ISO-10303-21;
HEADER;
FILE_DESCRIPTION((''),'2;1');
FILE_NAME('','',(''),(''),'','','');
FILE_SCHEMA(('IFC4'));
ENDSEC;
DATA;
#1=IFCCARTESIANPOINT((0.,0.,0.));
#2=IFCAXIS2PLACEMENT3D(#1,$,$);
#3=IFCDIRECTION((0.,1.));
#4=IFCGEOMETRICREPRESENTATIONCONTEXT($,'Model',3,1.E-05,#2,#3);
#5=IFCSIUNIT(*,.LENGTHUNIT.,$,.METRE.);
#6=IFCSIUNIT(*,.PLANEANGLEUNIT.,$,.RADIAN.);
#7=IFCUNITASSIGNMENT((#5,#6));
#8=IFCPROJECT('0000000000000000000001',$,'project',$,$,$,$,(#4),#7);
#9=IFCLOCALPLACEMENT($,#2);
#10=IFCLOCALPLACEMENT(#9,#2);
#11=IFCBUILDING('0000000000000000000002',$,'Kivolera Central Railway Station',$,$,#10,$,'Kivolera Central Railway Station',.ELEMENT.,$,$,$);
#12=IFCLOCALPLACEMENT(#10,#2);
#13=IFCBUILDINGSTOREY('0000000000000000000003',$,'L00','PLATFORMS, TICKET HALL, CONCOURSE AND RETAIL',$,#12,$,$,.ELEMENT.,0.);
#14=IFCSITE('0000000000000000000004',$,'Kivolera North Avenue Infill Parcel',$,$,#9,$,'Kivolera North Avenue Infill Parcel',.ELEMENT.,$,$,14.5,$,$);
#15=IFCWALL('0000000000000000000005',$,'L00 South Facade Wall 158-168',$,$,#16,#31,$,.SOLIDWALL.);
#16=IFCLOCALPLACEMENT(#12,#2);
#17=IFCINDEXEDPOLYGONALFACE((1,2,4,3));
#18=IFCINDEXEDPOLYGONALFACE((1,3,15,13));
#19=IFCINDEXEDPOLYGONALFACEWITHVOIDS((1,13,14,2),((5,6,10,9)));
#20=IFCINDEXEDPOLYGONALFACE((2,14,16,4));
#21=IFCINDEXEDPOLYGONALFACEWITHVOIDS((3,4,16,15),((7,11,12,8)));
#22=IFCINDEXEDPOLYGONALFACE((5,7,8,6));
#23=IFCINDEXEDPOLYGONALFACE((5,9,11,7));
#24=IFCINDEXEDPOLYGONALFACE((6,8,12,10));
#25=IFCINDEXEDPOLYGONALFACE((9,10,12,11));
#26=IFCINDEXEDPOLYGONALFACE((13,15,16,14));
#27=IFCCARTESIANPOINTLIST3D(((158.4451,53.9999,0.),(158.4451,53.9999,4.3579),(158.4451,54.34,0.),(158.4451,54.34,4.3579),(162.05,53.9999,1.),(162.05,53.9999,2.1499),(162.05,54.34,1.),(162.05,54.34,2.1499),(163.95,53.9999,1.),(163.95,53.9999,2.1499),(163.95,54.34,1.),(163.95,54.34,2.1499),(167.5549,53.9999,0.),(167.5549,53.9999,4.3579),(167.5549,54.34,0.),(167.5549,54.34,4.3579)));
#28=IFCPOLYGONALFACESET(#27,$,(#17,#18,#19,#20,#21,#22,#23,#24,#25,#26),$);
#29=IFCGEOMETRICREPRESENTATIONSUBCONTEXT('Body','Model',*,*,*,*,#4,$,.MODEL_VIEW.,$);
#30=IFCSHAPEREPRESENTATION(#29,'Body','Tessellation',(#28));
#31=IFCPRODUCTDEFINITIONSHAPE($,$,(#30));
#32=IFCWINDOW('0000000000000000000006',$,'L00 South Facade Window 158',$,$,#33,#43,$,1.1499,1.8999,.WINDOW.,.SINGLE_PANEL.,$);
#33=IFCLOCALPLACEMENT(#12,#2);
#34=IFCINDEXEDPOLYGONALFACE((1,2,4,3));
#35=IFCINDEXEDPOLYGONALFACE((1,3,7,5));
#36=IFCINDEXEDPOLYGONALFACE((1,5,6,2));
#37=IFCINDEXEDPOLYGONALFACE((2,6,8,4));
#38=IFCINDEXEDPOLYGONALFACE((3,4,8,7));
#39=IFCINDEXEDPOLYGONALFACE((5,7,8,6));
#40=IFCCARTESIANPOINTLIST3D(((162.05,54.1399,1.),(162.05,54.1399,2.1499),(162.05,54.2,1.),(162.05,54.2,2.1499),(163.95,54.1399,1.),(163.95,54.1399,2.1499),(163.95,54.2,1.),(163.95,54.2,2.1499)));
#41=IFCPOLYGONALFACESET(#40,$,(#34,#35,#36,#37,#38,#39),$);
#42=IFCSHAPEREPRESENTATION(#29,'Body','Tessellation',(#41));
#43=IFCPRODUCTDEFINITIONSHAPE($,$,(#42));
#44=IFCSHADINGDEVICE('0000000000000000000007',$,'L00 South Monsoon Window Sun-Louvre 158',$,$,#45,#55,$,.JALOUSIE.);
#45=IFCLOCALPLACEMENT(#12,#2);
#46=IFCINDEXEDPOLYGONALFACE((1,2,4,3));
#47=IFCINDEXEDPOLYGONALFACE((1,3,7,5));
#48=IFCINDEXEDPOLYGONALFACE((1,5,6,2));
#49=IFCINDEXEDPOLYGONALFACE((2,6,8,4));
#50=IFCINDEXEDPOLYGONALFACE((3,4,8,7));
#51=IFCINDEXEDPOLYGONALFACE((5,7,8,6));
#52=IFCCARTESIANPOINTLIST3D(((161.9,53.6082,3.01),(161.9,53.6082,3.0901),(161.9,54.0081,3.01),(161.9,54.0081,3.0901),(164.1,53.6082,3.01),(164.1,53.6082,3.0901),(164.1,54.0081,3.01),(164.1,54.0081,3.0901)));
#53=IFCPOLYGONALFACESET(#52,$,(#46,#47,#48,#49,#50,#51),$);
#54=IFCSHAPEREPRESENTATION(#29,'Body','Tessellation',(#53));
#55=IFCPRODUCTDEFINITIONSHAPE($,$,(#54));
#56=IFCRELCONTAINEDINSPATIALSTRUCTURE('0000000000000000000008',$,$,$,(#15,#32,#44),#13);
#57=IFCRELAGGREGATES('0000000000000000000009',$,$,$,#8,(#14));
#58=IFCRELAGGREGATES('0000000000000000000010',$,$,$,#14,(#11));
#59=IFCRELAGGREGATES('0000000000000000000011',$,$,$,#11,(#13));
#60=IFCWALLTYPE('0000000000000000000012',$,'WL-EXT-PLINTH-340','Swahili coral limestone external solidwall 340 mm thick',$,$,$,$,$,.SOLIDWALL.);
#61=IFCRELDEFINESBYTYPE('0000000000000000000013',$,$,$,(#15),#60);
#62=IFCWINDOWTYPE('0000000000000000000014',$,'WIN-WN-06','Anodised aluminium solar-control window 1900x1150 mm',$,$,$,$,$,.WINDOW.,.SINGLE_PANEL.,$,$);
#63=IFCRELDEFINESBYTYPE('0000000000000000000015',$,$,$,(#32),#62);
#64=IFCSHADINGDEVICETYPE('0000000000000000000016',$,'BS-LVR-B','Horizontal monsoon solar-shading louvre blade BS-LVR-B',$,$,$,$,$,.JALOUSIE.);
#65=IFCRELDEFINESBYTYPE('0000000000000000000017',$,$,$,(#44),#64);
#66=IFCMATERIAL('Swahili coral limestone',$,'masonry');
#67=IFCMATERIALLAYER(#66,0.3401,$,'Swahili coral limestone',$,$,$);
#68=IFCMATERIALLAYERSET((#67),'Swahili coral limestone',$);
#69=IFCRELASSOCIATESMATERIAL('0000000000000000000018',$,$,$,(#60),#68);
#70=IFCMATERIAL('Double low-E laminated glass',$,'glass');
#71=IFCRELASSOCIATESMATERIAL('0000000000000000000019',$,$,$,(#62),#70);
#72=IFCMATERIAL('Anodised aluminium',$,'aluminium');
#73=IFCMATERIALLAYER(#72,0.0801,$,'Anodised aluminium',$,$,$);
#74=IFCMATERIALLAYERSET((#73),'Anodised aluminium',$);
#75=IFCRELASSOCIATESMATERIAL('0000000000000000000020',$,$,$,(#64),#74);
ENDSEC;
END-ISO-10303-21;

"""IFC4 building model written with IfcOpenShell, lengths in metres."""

from ifc_helpers import new_model, si_unit, direction, frame, frame_2d, origin, origin_2d, place, context, subcontext, project, spatial, rectangle, extrude, material, layer, layer_set, type_object, element, fill, save


model = new_model("IFC4")

# Units and contexts
model_context = context("Model", 3, precision=1e-05, world=origin(), true_north=direction((0.0, 1.0)))
body_context = subcontext(model_context, "Body", "Model", "MODEL_VIEW")
ifc_project = project(units=[si_unit("LENGTHUNIT", "METRE"), si_unit("PLANEANGLEUNIT", "RADIAN")], contexts=[model_context])

# Site, building, storey
site_placement = place(None, origin())
site = spatial("IfcSite", under=ifc_project, at=site_placement, Name="Kivolera North Avenue Infill Parcel", LongName="Kivolera North Avenue Infill Parcel", CompositionType="ELEMENT", RefElevation=14.5)
building_placement = place(site_placement, origin())
building = spatial("IfcBuilding", under=site, at=building_placement, Name="Kivolera Central Railway Station", LongName="Kivolera Central Railway Station", CompositionType="ELEMENT")
storey_placement = place(building_placement, origin())
storey = spatial("IfcBuildingStorey", under=building, at=storey_placement, Name="L00", Description="PLATFORMS, TICKET HALL, CONCOURSE AND RETAIL", CompositionType="ELEMENT", Elevation=0.0)

# Shared definitions
ifc_material_1 = material(Name="Anodised aluminium", Category="aluminium")

# Wall, opening, window
ifc_material_2 = material(Name="Swahili coral limestone", Category="masonry")
ifc_layer_1 = layer(ifc_material_2, 0.3401, Name="Swahili coral limestone")
ifc_layer_set_1 = layer_set([ifc_layer_1], Name="Swahili coral limestone")
wall_type_1 = type_object("IfcWallType", Name="WL-EXT-PLINTH-340", Description="Swahili coral limestone external solidwall 340 mm thick", PredefinedType="SOLIDWALL", material=ifc_layer_set_1)
wall_1_placement = place(storey_placement, frame((167.5549, 54.1699, 0.0), z_axis=(0.0, 0.0, 1.0), x_axis=(-1.0, 0.0, 0.0)))
wall_1 = element("IfcWall", 1, at=wall_1_placement, inside=storey, type_object=wall_type_1, Name="L00 South Facade Wall 158-168", PredefinedType="SOLIDWALL", context=body_context, shape_type="SweptSolid", body=[
    extrude(rectangle(XDim=9.1099, YDim=0.3401, at=frame_2d((4.5549, 0.0))), origin(), (0.0, 0.0, 1.0), 4.3579),
])
opening_1_placement = place(wall_1_placement, frame((3.605, 0.0, 1.0)))
opening_1 = element("IfcOpeningElement", 2, at=opening_1_placement, cuts=wall_1, PredefinedType="OPENING", context=body_context, shape_type="SweptSolid", body=[
    extrude(rectangle(XDim=1.8999, YDim=1.1499, at=frame_2d((0.95, 0.575))), frame((0.0, 0.1799, 0.0), z_axis=(0.0, -1.0, 0.0), x_axis=(1.0, 0.0, 0.0)), (0.0, 0.0, 1.0), 0.3601),
])
ifc_material_3 = material(Name="Double low-E laminated glass", Category="glass")
window_type = type_object("IfcWindowType", Name="WIN-WN-06", Description="Anodised aluminium solar-control window 1900x1150 mm", PartitioningType="SINGLE_PANEL", PredefinedType="WINDOW", material=ifc_material_3)
window_placement = place(opening_1_placement, origin())
window = element("IfcWindow", 3, at=window_placement, inside=storey, type_object=window_type, Name="L00 South Facade Window 158", OverallHeight=1.1499, OverallWidth=1.8999, PartitioningType="SINGLE_PANEL", PredefinedType="WINDOW", context=body_context, shape_type="SweptSolid", body=[
    extrude(rectangle(XDim=1.8999, YDim=1.1499, at=frame_2d((0.95, 0.575))), frame((0.0, 0.03, 0.0), z_axis=(0.0, -1.0, 0.0), x_axis=(1.0, 0.0, 0.0)), (0.0, 0.0, 1.0), 0.0601),
])
fill(opening_1, window)

# Shading device
ifc_layer_2 = layer(ifc_material_1, 0.0801, Name="Anodised aluminium")
ifc_layer_set_2 = layer_set([ifc_layer_2], Name="Anodised aluminium")
shading_device_type = type_object("IfcShadingDeviceType", Name="BS-LVR-B", Description="Horizontal monsoon solar-shading louvre blade BS-LVR-B", PredefinedType="JALOUSIE", material=ifc_layer_set_2)
shading_device_placement = place(storey_placement, frame((163.0, 53.8081, 3.01), z_axis=(0.0, 0.0, 1.0), x_axis=(1.0, 0.0, 0.0)))
element("IfcShadingDevice", 4, at=shading_device_placement, inside=storey, type_object=shading_device_type, Name="L00 South Monsoon Window Sun-Louvre 158", PredefinedType="JALOUSIE", context=body_context, shape_type="SweptSolid", body=[
    extrude(rectangle(XDim=2.2, YDim=0.3999, at=origin_2d()), origin(), (0.0, 0.0, 1.0), 0.0801),
])

save(model, "model.ifc")
